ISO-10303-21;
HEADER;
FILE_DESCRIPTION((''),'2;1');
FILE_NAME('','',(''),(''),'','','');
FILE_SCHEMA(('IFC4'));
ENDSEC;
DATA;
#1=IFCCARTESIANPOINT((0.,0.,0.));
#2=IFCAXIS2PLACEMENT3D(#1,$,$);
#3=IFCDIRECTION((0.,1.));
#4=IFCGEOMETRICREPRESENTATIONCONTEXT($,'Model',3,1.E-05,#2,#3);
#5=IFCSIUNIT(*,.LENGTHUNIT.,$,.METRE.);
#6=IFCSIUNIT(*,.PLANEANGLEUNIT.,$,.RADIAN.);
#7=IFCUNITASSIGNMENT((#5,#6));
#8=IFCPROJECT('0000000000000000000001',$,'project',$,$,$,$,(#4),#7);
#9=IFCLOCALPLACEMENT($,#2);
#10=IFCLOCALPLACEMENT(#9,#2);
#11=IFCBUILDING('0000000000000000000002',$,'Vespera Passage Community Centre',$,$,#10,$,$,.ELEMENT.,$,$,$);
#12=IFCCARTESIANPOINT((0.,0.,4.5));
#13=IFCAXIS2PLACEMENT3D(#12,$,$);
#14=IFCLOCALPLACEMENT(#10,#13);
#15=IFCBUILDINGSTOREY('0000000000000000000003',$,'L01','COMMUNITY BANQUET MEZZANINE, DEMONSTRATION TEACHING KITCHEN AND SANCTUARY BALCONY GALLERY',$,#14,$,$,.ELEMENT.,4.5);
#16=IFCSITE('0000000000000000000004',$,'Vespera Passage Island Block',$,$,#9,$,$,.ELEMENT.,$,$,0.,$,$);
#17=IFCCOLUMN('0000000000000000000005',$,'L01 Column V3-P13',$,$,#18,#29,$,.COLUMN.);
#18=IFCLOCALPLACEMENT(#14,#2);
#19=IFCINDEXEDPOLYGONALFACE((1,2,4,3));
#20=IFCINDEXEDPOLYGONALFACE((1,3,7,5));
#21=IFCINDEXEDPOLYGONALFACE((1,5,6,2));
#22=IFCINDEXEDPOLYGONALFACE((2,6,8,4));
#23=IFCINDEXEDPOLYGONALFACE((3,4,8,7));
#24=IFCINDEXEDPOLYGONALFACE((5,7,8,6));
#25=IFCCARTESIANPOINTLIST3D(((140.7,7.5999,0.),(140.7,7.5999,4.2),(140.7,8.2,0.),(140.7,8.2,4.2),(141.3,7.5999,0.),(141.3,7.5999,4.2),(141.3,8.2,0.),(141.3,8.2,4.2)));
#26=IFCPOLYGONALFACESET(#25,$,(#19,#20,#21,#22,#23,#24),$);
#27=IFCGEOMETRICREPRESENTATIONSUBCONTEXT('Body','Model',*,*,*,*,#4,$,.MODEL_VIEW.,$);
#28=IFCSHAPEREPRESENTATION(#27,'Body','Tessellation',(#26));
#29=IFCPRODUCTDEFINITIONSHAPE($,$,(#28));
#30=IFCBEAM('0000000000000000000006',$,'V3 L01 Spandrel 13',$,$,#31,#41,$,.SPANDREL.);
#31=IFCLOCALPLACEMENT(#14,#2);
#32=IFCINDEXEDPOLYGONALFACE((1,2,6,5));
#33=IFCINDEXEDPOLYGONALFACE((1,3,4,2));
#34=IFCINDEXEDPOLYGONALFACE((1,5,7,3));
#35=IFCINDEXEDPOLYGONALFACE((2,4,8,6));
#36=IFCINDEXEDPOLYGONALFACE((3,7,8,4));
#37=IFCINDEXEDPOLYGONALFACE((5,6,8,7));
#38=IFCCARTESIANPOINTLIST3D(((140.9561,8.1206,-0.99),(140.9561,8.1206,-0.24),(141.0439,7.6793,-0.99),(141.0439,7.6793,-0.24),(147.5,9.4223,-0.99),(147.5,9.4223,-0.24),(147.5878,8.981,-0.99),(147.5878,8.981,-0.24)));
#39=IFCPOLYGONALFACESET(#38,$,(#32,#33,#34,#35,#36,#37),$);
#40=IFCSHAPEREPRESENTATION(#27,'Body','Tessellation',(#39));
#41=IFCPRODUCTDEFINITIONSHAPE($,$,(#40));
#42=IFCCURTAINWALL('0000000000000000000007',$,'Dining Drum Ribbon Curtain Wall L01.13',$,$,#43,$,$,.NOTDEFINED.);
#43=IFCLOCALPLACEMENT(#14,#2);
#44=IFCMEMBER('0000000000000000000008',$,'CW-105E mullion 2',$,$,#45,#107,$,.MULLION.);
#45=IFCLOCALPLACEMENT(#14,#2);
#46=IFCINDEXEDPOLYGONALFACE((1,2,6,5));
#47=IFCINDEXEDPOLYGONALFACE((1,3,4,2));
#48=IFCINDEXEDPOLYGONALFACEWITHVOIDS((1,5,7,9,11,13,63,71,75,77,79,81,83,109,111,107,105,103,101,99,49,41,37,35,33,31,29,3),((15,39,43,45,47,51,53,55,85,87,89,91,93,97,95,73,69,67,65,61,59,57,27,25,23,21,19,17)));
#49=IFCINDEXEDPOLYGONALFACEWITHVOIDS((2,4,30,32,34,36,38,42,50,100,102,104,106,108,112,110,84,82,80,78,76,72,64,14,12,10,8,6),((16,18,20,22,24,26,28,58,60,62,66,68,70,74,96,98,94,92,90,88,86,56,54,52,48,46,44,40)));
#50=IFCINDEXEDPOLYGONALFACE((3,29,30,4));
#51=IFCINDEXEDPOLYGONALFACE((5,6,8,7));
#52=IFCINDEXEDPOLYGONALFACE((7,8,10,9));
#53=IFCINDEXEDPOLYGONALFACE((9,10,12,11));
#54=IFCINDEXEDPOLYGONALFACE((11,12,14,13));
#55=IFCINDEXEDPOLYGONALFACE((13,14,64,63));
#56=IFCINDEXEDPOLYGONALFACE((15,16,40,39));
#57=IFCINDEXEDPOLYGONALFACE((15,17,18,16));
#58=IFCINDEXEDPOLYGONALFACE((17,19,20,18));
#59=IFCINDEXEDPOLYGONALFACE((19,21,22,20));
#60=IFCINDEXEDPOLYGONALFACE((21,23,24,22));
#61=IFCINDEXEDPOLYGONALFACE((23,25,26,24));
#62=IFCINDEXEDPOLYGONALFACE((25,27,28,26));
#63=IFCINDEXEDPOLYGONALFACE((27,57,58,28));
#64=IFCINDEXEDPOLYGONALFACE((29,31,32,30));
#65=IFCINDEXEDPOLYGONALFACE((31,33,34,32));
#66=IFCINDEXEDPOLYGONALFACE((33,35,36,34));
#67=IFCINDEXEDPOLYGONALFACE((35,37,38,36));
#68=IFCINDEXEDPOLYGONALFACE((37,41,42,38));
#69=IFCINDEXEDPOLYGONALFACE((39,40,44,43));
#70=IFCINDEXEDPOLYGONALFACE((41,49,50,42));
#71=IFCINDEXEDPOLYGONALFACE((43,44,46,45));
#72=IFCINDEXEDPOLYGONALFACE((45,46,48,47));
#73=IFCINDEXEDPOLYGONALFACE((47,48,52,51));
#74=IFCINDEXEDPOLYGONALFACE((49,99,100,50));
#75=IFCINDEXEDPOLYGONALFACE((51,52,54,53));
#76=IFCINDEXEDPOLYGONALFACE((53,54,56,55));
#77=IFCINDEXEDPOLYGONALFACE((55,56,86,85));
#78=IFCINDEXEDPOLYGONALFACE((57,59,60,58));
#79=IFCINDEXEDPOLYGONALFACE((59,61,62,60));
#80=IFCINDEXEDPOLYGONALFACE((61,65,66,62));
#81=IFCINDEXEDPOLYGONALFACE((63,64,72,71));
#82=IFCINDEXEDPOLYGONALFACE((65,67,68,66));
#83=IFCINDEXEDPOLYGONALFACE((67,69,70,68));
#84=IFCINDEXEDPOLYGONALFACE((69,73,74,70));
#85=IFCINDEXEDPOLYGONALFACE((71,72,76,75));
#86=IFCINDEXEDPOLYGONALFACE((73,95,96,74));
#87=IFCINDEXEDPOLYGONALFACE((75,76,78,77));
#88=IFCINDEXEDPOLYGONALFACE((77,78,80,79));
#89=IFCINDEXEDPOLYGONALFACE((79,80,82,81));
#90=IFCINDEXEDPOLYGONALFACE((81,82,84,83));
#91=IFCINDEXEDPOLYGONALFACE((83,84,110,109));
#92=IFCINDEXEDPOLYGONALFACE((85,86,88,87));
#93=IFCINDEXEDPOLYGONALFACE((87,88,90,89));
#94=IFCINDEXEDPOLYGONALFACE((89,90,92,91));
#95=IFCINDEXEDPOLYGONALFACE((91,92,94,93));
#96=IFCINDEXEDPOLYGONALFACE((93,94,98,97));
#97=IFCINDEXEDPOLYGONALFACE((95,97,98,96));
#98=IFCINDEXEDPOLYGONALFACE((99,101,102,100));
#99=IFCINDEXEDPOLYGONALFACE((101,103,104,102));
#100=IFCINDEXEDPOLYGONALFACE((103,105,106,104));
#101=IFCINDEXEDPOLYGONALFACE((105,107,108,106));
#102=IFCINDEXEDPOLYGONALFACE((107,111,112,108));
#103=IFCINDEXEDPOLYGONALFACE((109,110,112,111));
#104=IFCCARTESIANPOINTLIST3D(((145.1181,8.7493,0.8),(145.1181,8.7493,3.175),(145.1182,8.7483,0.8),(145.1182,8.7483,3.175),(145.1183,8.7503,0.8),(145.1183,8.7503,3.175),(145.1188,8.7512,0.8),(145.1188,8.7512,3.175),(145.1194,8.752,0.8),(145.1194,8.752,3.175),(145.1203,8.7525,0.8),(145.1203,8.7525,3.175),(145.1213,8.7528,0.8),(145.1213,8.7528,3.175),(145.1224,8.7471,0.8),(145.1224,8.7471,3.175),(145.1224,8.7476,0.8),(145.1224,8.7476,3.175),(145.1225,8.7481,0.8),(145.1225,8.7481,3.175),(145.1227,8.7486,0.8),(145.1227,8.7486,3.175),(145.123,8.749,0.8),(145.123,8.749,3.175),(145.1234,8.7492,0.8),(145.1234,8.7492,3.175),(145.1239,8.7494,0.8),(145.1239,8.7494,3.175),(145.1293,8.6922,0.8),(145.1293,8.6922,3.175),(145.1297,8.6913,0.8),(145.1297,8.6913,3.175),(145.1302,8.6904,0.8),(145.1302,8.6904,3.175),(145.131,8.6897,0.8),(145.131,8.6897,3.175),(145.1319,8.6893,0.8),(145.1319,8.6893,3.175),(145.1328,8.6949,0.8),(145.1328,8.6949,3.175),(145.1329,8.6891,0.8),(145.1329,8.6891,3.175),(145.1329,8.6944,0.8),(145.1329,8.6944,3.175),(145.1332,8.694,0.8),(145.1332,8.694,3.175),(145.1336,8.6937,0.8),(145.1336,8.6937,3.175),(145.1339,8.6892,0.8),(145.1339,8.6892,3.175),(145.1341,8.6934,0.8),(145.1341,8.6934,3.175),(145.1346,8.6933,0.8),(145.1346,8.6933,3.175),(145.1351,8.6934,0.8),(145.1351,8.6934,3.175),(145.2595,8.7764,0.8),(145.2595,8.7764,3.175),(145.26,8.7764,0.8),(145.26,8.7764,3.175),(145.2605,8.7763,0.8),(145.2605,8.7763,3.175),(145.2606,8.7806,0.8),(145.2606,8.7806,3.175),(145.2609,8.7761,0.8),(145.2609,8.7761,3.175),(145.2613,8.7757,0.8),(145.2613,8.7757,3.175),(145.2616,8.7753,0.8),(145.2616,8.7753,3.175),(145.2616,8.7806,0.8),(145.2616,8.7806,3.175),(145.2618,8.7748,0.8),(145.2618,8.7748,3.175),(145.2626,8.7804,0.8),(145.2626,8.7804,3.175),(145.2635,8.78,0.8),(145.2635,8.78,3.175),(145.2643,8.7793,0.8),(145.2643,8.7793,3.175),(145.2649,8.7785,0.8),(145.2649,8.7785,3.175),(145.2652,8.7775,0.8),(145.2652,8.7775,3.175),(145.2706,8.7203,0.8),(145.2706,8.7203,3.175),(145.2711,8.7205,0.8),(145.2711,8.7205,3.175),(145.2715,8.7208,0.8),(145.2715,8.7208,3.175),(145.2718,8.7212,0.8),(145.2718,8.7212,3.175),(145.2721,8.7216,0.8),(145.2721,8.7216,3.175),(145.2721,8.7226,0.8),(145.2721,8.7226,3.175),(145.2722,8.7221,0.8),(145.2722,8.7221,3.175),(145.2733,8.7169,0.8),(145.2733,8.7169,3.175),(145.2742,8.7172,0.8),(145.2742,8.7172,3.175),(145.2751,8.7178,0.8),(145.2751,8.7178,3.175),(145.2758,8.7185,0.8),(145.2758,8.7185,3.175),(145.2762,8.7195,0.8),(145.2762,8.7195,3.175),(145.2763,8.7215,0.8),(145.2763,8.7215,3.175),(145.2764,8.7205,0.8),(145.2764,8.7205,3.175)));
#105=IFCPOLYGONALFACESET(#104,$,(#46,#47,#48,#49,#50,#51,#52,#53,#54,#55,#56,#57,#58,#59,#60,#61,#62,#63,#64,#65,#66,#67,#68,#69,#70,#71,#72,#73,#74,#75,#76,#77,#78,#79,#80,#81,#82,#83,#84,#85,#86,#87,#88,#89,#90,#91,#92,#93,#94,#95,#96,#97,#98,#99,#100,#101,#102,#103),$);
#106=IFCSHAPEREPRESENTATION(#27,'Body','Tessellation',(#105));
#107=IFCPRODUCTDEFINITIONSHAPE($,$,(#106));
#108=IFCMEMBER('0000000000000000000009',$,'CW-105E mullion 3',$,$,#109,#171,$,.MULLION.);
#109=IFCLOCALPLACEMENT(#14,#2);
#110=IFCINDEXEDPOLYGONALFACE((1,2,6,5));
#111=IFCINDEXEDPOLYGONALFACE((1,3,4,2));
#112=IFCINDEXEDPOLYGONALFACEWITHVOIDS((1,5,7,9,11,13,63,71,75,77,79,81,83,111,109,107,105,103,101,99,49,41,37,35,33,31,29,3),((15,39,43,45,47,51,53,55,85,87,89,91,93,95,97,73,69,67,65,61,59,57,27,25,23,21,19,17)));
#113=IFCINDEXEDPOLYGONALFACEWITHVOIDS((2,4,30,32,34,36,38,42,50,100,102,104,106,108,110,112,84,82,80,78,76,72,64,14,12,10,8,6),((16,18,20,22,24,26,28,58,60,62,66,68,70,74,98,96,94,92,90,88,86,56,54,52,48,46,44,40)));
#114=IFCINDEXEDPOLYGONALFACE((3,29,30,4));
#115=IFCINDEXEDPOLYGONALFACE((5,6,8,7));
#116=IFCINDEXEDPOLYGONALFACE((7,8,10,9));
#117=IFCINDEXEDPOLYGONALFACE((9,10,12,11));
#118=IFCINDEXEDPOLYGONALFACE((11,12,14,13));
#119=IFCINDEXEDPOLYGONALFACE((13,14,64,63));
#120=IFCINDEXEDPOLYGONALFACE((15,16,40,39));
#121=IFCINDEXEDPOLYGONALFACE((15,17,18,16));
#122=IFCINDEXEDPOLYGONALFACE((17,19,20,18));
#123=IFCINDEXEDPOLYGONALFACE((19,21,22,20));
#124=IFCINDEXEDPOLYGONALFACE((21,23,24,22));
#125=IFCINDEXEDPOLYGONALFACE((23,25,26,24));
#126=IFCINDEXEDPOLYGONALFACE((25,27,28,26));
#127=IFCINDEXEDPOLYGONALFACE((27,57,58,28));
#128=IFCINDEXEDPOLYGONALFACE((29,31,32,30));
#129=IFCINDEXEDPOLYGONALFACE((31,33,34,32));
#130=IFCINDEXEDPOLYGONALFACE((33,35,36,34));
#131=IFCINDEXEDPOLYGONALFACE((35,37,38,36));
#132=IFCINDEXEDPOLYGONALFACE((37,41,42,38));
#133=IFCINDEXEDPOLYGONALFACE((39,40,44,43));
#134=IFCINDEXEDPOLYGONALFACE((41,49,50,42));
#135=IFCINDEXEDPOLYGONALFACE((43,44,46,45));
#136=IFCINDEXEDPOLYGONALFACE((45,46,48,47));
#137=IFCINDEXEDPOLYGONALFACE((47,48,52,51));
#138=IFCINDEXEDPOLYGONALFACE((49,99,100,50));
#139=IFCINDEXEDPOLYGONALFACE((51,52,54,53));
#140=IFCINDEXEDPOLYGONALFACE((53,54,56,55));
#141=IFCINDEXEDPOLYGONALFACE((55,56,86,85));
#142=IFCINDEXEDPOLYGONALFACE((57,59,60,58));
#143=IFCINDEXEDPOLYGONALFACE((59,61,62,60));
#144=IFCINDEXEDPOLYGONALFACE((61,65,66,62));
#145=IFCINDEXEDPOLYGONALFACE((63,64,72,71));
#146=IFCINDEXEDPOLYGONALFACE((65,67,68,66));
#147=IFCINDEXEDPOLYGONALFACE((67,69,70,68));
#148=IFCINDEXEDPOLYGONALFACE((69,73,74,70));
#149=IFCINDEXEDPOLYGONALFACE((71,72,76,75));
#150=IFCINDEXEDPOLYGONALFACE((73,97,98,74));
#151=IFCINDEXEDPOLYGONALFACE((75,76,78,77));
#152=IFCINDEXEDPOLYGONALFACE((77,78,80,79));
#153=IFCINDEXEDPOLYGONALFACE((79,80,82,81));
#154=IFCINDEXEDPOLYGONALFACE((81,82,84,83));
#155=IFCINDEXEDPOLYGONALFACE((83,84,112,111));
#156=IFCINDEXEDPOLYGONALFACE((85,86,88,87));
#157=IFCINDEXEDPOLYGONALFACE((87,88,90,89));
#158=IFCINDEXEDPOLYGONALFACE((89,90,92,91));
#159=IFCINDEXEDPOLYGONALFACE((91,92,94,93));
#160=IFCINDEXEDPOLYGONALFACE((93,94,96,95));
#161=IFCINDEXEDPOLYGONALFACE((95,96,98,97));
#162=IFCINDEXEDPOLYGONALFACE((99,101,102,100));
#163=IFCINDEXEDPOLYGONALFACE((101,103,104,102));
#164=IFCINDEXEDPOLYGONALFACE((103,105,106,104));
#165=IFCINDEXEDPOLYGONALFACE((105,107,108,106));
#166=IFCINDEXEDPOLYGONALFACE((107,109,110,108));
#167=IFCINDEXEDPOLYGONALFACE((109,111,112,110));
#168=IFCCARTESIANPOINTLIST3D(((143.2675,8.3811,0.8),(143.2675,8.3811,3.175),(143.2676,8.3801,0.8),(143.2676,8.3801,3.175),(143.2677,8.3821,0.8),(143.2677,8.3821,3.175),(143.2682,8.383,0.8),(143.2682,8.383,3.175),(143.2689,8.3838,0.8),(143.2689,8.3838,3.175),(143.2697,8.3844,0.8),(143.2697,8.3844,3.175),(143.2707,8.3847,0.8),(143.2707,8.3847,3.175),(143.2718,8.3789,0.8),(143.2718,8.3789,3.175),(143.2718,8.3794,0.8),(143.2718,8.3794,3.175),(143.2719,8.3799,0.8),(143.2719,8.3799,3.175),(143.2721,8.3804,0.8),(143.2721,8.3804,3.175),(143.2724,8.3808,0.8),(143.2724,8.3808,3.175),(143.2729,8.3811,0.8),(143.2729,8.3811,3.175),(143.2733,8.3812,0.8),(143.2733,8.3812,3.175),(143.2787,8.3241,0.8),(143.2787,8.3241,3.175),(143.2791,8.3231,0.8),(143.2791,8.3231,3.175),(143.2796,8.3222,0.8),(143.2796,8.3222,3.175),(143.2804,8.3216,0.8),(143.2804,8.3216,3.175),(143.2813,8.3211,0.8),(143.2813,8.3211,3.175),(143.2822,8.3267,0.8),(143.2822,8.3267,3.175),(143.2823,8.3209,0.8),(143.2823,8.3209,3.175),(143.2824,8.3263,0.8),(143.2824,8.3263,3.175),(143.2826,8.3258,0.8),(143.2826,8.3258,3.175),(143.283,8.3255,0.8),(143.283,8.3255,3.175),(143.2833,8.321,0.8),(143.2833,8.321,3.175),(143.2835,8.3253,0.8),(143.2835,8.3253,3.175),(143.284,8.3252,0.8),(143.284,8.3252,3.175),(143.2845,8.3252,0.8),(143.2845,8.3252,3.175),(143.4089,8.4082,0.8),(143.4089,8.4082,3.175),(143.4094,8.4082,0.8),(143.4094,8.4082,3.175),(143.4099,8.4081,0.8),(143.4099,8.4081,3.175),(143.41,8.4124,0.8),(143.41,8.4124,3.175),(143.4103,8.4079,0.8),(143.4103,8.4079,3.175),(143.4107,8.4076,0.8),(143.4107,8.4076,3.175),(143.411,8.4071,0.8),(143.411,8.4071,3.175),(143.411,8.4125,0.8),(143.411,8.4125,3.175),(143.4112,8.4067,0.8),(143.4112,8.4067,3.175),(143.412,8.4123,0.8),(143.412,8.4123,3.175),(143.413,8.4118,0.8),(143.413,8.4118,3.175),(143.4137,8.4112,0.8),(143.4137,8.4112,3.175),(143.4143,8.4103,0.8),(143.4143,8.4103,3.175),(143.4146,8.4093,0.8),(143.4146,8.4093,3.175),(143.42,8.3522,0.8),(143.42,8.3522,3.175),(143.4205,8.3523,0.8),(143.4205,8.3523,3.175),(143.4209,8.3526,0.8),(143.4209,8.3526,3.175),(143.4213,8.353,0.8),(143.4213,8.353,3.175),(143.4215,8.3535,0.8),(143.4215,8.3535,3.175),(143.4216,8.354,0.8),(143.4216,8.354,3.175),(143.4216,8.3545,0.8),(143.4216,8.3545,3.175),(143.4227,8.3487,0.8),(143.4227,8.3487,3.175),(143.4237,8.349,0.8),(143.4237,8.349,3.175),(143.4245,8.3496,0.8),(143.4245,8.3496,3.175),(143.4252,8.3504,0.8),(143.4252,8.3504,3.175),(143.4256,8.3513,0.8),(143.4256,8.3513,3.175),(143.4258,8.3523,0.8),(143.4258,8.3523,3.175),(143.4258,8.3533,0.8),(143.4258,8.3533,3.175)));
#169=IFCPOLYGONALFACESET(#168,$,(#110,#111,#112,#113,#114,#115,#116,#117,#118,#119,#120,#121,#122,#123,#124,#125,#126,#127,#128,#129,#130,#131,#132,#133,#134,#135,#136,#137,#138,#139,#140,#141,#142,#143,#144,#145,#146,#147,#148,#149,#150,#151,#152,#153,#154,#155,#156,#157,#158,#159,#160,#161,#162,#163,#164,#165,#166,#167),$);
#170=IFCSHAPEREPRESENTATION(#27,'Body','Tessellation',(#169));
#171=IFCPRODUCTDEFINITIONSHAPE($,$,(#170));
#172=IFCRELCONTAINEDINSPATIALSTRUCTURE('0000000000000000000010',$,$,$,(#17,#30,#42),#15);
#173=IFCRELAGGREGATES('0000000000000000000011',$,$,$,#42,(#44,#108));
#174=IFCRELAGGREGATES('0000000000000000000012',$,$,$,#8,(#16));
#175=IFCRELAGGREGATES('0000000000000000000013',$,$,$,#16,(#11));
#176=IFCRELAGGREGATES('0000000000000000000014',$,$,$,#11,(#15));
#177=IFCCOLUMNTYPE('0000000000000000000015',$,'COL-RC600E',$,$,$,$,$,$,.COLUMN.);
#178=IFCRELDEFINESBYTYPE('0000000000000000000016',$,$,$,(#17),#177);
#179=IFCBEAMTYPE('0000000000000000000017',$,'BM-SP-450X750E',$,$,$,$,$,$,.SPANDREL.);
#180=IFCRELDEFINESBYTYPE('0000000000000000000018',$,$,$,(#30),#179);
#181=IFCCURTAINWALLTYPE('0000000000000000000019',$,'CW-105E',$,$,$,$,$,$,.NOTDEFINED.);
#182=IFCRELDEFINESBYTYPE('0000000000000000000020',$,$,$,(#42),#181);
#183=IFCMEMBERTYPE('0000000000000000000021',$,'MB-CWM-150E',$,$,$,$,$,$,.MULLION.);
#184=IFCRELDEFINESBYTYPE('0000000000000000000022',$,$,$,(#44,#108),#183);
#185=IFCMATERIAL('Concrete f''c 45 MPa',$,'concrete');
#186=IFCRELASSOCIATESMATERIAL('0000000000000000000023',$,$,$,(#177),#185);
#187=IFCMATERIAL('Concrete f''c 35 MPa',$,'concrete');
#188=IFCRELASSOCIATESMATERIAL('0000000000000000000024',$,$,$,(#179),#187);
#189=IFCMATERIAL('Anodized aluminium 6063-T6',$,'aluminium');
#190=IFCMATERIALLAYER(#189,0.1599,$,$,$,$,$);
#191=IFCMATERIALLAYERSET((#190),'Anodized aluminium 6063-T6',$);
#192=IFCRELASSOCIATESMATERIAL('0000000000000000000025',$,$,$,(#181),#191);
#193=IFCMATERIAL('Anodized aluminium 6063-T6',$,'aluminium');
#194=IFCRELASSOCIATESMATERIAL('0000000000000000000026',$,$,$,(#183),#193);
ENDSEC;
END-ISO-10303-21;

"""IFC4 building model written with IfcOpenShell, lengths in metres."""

from ifc_helpers import new_model, si_unit, direction, frame, origin, origin_2d, place, context, subcontext, project, spatial, rectangle, hollow_rectangle, extrude, material, layer, layer_set, material_profile, profile_set, type_object, element, aggregate, save


model = new_model("IFC4")

# Units and contexts
model_context = context("Model", 3, precision=1e-05, world=origin(), true_north=direction((0.0, 1.0)))
body_context = subcontext(model_context, "Body", "Model", "MODEL_VIEW")
ifc_project = project(units=[si_unit("LENGTHUNIT", "METRE"), si_unit("PLANEANGLEUNIT", "RADIAN")], contexts=[model_context])

# Site, building, storey
site_placement = place(None, origin())
site = spatial("IfcSite", under=ifc_project, at=site_placement, Name="Vespera Passage Island Block", CompositionType="ELEMENT", RefElevation=0.0)
building_placement = place(site_placement, origin())
building = spatial("IfcBuilding", under=site, at=building_placement, Name="Vespera Passage Community Centre", CompositionType="ELEMENT")
storey_placement = place(building_placement, frame((0.0, 0.0, 4.5)))
storey = spatial("IfcBuildingStorey", under=building, at=storey_placement, Name="L01", Description="COMMUNITY BANQUET MEZZANINE, DEMONSTRATION TEACHING KITCHEN AND SANCTUARY BALCONY GALLERY", CompositionType="ELEMENT", Elevation=4.5)

# Column
ifc_material_1 = material(Name="Concrete f'c 45 MPa", Category="concrete")
ifc_material_profile_1 = material_profile(ifc_material_1, rectangle(XDim=0.6001, YDim=0.6001, at=origin_2d()), Name="RC600X600")
ifc_profile_set_1 = profile_set([ifc_material_profile_1], Name="Concrete f'c 45 MPa")
column_type = type_object("IfcColumnType", Name="COL-RC600E", PredefinedType="COLUMN", material=ifc_profile_set_1)
column_placement = place(storey_placement, frame((141.0, 7.8999, 0.0), z_axis=(0.0, 0.0, 1.0), x_axis=(1.0, 0.0, 0.0)))
element("IfcColumn", 1, at=column_placement, inside=storey, type_object=column_type, Name="L01 Column V3-P13", PredefinedType="COLUMN", context=body_context, shape_type="SweptSolid", body=[
    extrude(rectangle(XDim=0.6001, YDim=0.6001, at=origin_2d()), origin(), (0.0, 0.0, 1.0), 4.2),
])

# Beam
ifc_material_2 = material(Name="Concrete f'c 35 MPa", Category="concrete")
ifc_material_profile_2 = material_profile(ifc_material_2, rectangle(XDim=0.45, YDim=0.75, at=origin_2d()), Name="RC450X750")
ifc_profile_set_2 = profile_set([ifc_material_profile_2], Name="Concrete f'c 35 MPa")
beam_type = type_object("IfcBeamType", Name="BM-SP-450X750E", PredefinedType="SPANDREL", material=ifc_profile_set_2)
beam_placement = place(storey_placement, frame((141.0, 7.8999, -0.615), z_axis=(0.980783, 0.195103, 0.0), x_axis=(-0.195103, 0.980783, 0.0)))
element("IfcBeam", 2, at=beam_placement, inside=storey, type_object=beam_type, Name="V3 L01 Spandrel 13", PredefinedType="SPANDREL", context=body_context, shape_type="SweptSolid", body=[
    extrude(rectangle(XDim=0.45, YDim=0.75, at=origin_2d()), origin(), (0.0, 0.0, 1.0), 6.6721),
])

# Curtain wall, members
ifc_material_3 = material(Name="Anodized aluminium 6063-T6", Category="aluminium")
ifc_layer_1 = layer(ifc_material_3, 0.1599)
ifc_layer_set_1 = layer_set([ifc_layer_1], Name="Anodized aluminium 6063-T6")
curtain_wall_type = type_object("IfcCurtainWallType", Name="CW-105E", PredefinedType="NOTDEFINED", material=ifc_layer_set_1)
curtain_wall_placement = place(storey_placement, origin())
curtain_wall = element("IfcCurtainWall", 3, at=curtain_wall_placement, inside=storey, type_object=curtain_wall_type, Name="Dining Drum Ribbon Curtain Wall L01.13", PredefinedType="NOTDEFINED")
ifc_material_4 = material(Name="Anodized aluminium 6063-T6", Category="aluminium")
ifc_material_profile_3 = material_profile(ifc_material_4, hollow_rectangle(XDim=0.0649, YDim=0.1499, WallThickness=0.0039, InnerFilletRadius=0.002, OuterFilletRadius=0.0039, at=origin_2d()), Name="ALU150X65X4")
ifc_profile_set_3 = profile_set([ifc_material_profile_3], Name="Anodized aluminium 6063-T6")
member_type_1 = type_object("IfcMemberType", Name="MB-CWM-150E", PredefinedType="MULLION", material=ifc_profile_set_3)
member_1_placement = place(storey_placement, frame((145.1973, 8.7349, 0.8), z_axis=(0.0, 0.0, 1.0), x_axis=(0.195097, -0.980784, 0.0)))
member_1 = element("IfcMember", 4, at=member_1_placement, type_object=member_type_1, Name="CW-105E mullion 2", PredefinedType="MULLION", context=body_context, shape_type="SweptSolid", body=[
    extrude(hollow_rectangle(XDim=0.0649, YDim=0.1499, WallThickness=0.0039, InnerFilletRadius=0.002, OuterFilletRadius=0.0039, at=origin_2d()), origin(), (0.0, 0.0, 1.0), 2.375),
])
member_2_placement = place(storey_placement, frame((143.3467, 8.3667, 0.8), z_axis=(0.0, 0.0, 1.0), x_axis=(0.195097, -0.980784, 0.0)))
member_2 = element("IfcMember", 5, at=member_2_placement, type_object=member_type_1, Name="CW-105E mullion 3", PredefinedType="MULLION", context=body_context, shape_type="SweptSolid", body=[
    extrude(hollow_rectangle(XDim=0.0649, YDim=0.1499, WallThickness=0.0039, InnerFilletRadius=0.002, OuterFilletRadius=0.0039, at=origin_2d()), origin(), (0.0, 0.0, 1.0), 2.375),
])
aggregate(curtain_wall, [member_1, member_2])

save(model, "model.ifc")
